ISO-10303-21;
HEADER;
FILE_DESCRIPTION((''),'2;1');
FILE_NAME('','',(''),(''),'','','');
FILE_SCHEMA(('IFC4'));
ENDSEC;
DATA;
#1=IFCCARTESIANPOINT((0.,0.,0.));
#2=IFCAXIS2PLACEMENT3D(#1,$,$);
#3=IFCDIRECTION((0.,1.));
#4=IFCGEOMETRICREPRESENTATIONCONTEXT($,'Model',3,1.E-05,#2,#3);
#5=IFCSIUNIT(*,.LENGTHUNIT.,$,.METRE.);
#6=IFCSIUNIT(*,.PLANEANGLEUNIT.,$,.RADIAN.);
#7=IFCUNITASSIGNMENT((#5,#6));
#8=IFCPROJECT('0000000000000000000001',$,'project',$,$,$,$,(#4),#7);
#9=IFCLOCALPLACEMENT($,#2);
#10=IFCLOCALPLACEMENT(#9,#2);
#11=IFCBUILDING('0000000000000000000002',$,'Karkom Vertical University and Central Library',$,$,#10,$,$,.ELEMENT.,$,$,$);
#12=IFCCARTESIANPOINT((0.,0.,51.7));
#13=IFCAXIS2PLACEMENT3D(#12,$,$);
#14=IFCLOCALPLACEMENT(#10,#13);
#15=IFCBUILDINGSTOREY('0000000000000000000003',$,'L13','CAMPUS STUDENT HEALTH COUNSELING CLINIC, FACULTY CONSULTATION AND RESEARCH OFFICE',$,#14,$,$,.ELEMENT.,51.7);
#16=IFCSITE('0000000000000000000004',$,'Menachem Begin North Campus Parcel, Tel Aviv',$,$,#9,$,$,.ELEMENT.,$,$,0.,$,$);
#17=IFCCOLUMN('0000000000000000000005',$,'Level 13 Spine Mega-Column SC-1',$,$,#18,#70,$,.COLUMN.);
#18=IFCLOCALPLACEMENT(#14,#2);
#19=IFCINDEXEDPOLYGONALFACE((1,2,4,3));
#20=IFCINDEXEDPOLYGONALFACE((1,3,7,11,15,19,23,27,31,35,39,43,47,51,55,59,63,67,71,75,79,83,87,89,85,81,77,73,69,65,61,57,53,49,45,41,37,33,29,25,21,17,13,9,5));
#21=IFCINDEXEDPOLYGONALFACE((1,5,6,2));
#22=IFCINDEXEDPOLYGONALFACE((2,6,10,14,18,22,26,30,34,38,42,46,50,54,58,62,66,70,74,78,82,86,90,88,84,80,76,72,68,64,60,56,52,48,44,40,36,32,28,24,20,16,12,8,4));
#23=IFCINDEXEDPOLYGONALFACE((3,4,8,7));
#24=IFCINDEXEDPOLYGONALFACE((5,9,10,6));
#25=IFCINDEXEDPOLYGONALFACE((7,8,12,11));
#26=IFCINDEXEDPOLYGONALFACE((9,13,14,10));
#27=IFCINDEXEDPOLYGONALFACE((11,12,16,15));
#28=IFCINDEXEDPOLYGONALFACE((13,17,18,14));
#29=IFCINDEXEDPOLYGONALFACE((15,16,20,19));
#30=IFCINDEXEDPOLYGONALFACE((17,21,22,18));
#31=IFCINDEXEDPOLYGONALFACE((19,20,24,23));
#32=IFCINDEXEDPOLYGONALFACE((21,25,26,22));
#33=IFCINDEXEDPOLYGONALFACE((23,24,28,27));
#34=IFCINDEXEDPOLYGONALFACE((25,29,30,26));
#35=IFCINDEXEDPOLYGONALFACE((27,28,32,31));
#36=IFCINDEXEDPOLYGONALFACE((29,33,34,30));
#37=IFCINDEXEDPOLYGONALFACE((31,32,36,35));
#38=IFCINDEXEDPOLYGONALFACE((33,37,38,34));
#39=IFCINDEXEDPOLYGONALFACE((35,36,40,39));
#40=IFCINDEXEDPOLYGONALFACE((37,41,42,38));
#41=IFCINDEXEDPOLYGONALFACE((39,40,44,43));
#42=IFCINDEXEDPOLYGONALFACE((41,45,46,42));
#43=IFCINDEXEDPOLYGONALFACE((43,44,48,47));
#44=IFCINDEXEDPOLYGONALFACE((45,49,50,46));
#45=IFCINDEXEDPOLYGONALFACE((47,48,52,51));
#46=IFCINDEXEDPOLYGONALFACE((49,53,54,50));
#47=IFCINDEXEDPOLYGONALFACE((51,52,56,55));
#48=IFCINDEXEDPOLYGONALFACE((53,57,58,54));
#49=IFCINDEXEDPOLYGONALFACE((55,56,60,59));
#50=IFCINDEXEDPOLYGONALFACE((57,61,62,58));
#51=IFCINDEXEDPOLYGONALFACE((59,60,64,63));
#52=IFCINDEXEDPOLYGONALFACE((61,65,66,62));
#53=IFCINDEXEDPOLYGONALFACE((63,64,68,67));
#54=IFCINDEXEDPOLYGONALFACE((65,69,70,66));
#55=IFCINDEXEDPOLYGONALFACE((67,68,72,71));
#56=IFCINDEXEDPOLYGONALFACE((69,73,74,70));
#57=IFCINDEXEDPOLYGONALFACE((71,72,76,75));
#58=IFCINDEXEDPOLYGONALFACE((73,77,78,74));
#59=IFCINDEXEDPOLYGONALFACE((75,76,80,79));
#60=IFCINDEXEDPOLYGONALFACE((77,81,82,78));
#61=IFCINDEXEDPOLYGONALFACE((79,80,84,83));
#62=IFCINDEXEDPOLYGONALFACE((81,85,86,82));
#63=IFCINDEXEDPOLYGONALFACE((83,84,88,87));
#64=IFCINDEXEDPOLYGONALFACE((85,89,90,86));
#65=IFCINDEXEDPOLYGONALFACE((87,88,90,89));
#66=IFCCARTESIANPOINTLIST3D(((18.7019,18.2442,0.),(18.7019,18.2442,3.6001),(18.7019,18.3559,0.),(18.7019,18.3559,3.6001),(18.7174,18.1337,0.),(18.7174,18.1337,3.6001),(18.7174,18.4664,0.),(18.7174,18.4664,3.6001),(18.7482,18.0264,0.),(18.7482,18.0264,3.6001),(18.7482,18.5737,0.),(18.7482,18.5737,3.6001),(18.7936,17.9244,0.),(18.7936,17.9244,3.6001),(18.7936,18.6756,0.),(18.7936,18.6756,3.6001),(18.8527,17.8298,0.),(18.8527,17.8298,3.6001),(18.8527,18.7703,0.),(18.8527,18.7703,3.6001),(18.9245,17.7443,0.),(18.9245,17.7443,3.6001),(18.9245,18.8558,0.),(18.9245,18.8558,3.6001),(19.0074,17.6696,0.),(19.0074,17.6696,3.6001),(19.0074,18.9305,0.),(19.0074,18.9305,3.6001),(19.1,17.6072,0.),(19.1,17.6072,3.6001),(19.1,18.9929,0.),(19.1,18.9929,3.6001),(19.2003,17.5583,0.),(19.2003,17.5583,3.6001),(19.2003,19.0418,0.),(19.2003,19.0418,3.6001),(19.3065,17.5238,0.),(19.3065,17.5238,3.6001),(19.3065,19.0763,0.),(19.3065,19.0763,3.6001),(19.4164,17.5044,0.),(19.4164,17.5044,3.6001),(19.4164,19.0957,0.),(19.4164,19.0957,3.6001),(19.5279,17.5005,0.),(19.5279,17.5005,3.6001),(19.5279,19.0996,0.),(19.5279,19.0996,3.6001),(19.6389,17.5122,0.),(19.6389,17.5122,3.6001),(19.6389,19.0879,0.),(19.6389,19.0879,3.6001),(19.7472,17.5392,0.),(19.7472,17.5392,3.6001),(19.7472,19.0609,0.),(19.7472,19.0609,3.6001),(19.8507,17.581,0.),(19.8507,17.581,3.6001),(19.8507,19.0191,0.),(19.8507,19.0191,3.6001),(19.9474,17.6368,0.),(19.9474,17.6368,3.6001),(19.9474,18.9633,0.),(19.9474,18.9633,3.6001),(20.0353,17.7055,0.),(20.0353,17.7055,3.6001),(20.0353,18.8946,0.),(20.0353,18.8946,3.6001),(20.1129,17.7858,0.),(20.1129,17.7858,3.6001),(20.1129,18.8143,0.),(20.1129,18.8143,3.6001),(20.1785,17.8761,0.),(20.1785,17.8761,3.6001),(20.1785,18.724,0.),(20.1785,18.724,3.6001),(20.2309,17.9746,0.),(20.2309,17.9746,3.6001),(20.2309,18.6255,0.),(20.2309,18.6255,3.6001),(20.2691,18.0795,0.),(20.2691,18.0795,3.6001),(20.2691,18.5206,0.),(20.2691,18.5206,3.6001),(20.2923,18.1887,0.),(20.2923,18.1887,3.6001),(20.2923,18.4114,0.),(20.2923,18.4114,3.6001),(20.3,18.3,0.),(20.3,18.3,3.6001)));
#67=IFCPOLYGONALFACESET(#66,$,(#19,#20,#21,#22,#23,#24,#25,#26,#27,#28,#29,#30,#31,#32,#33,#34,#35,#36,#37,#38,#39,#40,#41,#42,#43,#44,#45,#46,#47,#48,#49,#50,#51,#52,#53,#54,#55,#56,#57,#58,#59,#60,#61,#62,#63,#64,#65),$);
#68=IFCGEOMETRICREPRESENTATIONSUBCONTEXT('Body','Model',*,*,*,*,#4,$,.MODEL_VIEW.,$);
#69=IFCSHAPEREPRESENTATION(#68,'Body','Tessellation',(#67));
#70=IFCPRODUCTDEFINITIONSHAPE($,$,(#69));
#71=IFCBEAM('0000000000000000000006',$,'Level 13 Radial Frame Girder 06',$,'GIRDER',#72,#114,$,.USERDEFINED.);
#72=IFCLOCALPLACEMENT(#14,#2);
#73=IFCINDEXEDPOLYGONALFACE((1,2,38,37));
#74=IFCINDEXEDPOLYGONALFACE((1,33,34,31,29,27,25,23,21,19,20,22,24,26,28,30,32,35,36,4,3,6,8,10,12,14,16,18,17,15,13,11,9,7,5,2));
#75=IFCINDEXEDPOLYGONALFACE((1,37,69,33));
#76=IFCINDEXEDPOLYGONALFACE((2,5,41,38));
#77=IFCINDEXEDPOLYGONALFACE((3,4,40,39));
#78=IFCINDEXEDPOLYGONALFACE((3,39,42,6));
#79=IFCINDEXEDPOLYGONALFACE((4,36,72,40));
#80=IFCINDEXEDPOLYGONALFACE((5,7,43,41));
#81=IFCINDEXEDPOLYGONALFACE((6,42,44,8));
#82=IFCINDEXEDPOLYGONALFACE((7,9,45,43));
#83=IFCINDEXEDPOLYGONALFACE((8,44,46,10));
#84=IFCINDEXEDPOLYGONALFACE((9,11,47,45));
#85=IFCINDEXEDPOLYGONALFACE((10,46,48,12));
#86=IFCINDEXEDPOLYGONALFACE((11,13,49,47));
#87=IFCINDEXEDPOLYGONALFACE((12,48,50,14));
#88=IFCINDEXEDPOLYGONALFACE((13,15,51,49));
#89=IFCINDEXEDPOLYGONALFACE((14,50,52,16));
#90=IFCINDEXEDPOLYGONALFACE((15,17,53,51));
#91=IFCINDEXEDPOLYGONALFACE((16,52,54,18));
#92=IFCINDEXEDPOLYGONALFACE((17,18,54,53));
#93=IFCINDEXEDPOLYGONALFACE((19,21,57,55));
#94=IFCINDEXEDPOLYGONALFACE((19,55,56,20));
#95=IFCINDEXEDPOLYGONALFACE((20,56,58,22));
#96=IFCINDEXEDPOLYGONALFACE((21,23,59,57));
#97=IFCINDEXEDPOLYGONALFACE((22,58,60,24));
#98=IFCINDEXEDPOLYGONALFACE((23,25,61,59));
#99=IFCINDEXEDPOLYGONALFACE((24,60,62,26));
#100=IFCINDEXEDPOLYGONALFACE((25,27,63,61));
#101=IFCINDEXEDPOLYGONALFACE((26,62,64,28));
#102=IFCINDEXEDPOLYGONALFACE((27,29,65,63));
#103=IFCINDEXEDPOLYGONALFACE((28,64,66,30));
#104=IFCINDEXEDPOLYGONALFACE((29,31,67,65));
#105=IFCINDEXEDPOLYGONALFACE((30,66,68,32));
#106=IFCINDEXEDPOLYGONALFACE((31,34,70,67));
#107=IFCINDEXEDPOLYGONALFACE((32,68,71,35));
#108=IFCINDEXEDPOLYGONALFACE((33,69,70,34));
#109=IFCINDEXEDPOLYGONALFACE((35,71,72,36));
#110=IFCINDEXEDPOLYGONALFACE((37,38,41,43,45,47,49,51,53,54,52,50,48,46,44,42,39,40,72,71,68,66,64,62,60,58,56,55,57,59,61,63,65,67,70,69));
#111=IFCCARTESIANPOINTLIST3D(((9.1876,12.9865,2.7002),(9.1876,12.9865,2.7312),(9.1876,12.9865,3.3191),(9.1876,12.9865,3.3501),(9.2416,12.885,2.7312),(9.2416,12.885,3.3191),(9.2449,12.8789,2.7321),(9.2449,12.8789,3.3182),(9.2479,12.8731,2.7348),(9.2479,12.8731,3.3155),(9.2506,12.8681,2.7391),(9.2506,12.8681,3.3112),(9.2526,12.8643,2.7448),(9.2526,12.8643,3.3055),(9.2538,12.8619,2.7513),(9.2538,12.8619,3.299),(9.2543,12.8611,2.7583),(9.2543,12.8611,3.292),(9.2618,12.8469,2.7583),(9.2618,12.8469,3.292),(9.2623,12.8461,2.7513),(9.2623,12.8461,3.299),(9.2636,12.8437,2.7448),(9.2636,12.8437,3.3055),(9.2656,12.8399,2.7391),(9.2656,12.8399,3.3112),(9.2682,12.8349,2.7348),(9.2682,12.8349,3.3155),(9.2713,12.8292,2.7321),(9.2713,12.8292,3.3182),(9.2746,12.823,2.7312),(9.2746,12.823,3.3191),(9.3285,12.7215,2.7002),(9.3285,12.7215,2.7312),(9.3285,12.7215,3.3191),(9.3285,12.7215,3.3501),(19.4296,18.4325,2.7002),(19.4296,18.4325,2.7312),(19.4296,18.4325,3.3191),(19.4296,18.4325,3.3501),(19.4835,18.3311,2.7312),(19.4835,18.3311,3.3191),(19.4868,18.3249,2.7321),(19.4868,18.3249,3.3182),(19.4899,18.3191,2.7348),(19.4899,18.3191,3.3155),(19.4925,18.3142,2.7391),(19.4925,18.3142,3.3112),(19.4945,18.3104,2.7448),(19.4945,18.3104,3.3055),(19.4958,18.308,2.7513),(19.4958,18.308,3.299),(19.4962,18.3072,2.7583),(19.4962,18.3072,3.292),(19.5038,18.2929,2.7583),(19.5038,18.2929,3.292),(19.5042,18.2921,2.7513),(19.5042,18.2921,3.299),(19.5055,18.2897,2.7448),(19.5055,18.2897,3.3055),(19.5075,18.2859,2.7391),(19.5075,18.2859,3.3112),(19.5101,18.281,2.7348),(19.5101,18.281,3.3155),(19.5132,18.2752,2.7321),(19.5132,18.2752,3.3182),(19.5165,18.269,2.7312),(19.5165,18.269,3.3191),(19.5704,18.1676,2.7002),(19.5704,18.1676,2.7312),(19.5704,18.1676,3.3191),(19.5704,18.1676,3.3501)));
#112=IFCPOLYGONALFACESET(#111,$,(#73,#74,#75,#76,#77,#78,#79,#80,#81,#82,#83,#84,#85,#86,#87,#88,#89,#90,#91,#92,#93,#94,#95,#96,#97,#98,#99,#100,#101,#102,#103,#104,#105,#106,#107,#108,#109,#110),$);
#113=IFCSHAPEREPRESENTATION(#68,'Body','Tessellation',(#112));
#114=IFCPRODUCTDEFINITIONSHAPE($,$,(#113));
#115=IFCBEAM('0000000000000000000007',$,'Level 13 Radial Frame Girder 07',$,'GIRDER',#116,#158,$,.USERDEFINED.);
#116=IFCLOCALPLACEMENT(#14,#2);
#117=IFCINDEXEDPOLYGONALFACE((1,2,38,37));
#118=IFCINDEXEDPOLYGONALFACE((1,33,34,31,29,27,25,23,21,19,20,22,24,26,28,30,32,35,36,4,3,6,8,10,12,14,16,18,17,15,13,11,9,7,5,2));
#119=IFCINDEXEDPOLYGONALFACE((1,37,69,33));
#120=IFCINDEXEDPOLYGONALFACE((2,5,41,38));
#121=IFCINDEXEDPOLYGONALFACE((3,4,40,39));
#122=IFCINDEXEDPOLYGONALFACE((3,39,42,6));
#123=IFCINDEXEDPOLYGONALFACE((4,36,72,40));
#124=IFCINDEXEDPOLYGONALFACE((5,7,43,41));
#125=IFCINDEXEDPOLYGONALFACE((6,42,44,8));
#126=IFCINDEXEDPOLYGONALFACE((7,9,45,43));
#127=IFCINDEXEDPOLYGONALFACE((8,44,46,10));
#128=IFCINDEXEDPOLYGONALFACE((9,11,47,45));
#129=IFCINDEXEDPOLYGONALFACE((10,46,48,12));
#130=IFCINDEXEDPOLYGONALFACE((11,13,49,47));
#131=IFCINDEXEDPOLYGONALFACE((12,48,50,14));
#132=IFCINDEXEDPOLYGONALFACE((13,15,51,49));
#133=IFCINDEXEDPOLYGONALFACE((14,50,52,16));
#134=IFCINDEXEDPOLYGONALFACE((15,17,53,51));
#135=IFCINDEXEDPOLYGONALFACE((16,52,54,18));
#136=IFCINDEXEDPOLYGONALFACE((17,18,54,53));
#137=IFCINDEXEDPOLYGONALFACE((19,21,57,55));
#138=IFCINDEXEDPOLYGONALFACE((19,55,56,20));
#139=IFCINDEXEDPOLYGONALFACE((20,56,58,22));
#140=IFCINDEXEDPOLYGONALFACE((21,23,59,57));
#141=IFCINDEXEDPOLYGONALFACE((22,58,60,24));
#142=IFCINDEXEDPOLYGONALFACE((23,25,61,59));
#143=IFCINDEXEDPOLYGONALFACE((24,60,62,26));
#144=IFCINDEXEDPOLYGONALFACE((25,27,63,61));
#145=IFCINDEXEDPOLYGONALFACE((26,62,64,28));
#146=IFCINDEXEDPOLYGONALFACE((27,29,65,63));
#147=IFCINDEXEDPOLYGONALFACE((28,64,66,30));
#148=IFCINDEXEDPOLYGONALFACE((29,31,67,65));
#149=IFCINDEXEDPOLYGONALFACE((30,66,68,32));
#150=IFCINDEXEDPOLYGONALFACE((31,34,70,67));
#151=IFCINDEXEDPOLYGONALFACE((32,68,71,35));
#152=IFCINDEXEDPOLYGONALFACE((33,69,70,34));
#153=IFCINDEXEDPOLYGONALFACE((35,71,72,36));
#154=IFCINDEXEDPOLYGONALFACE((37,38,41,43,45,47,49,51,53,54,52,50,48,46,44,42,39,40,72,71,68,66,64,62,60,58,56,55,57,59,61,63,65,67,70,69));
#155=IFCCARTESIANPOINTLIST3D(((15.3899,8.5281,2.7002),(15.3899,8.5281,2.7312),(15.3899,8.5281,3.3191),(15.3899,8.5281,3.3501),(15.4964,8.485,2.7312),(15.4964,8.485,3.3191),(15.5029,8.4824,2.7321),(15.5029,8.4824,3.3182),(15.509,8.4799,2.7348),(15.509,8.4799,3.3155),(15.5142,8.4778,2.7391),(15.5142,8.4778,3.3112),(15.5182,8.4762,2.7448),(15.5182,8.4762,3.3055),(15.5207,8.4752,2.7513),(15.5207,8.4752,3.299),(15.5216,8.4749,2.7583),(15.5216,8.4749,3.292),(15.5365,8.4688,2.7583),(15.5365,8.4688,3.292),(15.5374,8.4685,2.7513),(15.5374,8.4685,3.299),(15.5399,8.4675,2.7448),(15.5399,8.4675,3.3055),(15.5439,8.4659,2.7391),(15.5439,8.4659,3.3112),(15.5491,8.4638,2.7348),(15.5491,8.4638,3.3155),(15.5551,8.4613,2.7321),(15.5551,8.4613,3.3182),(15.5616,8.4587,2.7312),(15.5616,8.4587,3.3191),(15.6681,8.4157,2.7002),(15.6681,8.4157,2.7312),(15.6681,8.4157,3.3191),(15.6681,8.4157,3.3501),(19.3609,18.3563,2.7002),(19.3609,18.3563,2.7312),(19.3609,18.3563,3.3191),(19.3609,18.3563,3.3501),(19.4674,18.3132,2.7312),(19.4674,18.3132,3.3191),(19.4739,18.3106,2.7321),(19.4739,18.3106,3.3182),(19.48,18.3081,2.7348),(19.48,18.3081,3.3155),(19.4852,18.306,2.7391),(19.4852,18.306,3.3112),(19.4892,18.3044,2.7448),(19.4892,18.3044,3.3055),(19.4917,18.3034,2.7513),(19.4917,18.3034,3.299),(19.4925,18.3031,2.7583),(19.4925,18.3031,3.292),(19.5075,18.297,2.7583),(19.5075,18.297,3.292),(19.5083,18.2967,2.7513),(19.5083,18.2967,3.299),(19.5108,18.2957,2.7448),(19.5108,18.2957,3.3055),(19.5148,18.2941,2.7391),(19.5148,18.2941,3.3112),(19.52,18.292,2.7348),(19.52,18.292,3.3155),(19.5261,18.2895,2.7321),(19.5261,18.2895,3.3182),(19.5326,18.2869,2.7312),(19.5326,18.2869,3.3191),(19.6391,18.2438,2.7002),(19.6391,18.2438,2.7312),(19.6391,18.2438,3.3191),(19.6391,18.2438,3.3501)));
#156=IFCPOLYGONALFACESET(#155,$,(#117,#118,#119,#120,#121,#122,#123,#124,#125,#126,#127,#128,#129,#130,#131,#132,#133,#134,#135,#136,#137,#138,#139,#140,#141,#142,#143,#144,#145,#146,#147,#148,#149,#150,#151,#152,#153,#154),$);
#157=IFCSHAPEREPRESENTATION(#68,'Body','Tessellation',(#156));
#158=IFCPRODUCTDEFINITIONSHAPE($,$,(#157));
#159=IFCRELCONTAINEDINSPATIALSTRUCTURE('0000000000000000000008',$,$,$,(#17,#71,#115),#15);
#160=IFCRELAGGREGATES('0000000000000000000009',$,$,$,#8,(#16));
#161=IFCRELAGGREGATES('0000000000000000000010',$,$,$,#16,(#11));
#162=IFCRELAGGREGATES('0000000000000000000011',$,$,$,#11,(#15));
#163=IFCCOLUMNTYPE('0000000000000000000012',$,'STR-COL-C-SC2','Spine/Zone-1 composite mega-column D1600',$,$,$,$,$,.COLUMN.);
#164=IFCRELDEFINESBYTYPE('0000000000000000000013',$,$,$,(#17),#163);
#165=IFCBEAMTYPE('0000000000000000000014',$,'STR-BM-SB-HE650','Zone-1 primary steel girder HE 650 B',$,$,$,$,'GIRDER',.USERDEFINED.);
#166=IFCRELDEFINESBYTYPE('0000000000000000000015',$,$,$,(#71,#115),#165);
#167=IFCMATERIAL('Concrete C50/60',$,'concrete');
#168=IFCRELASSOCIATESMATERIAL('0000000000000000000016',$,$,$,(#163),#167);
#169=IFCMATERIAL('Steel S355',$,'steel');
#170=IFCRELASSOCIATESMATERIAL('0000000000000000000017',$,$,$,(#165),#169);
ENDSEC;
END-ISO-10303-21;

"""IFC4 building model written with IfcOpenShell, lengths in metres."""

from ifc_helpers import new_model, si_unit, direction, frame, origin, origin_with_axes, origin_2d, place, context, subcontext, project, spatial, circle, i_section, extrude, source, transform, mapped, material, material_profile, profile_set, type_object, element, save


model = new_model("IFC4")

# Units and contexts
model_context = context("Model", 3, precision=1e-05, world=origin(), true_north=direction((0.0, 1.0)))
body_context = subcontext(model_context, "Body", "Model", "MODEL_VIEW")
ifc_project = project(units=[si_unit("LENGTHUNIT", "METRE"), si_unit("PLANEANGLEUNIT", "RADIAN")], contexts=[model_context])

# Site, building, storey
site_placement = place(None, origin())
site = spatial("IfcSite", under=ifc_project, at=site_placement, Name="Menachem Begin North Campus Parcel, Tel Aviv", CompositionType="ELEMENT", RefElevation=0.0)
building_placement = place(site_placement, origin())
building = spatial("IfcBuilding", under=site, at=building_placement, Name="Karkom Vertical University and Central Library", CompositionType="ELEMENT")
storey_placement = place(building_placement, frame((0.0, 0.0, 51.7)))
storey = spatial("IfcBuildingStorey", under=building, at=storey_placement, Name="L13", Description="CAMPUS STUDENT HEALTH COUNSELING CLINIC, FACULTY CONSULTATION AND RESEARCH OFFICE", CompositionType="ELEMENT", Elevation=51.7)

# Column
ifc_material_1 = material(Name="Concrete C50/60", Category="concrete")
ifc_material_profile_1 = material_profile(ifc_material_1, circle(Radius=0.8, at=origin_2d()), Name="CFT-D1600")
ifc_profile_set_1 = profile_set([ifc_material_profile_1], Name="Concrete C50/60")
column_type = type_object("IfcColumnType", Name="STR-COL-C-SC2", Description="Spine/Zone-1 composite mega-column D1600", PredefinedType="COLUMN", material=ifc_profile_set_1)
shared_shape_1 = source(origin_with_axes(), body_context, "Body", "SweptSolid", [
    extrude(circle(Radius=0.8, at=origin_2d()), origin(), (0.0, 0.0, 1.0), 3.6001),
])
column_placement = place(storey_placement, frame((19.5, 18.3, 0.0), z_axis=(0.0, 0.0, 1.0), x_axis=(1.0, 0.0, 0.0)))
element("IfcColumn", 1, at=column_placement, inside=storey, type_object=column_type, Name="Level 13 Spine Mega-Column SC-1", PredefinedType="COLUMN", context=body_context, shape_type="MappedRepresentation", body=[
    mapped(shared_shape_1, transform((0.0, 0.0, 0.0), scale=1.0)),
])

# Beams
ifc_material_2 = material(Name="Steel S355", Category="steel")
ifc_material_profile_2 = material_profile(ifc_material_2, i_section(OverallWidth=0.3, OverallDepth=0.6499, WebThickness=0.0161, FlangeThickness=0.031, FilletRadius=0.0271, at=origin_2d()), Name="HE 650 B")
ifc_profile_set_2 = profile_set([ifc_material_profile_2], Name="Steel S355")
beam_type_1 = type_object("IfcBeamType", Name="STR-BM-SB-HE650", Description="Zone-1 primary steel girder HE 650 B", ElementType="GIRDER", PredefinedType="USERDEFINED", material=ifc_profile_set_2)
shared_shape_2 = source(origin_with_axes(), body_context, "Body", "SweptSolid", [
    extrude(i_section(OverallWidth=0.3, OverallDepth=0.6499, WebThickness=0.0161, FlangeThickness=0.031, FilletRadius=0.0271, at=origin_2d()), origin(), (0.0, 0.0, 1.0), 11.5999),
])
beam_1_placement = place(storey_placement, frame((19.5, 18.3, 3.0251), z_axis=(-0.882937, -0.469492, 0.0), x_axis=(0.469492, -0.882937, 0.0)))
element("IfcBeam", 2, at=beam_1_placement, inside=storey, type_object=beam_type_1, Name="Level 13 Radial Frame Girder 06", ObjectType="GIRDER", PredefinedType="USERDEFINED", context=body_context, shape_type="MappedRepresentation", body=[
    mapped(shared_shape_2, transform((0.0, 0.0, 0.0), scale=1.0)),
])
shared_shape_3 = source(origin_with_axes(), body_context, "Body", "SweptSolid", [
    extrude(i_section(OverallWidth=0.3, OverallDepth=0.6499, WebThickness=0.0161, FlangeThickness=0.031, FilletRadius=0.0271, at=origin_2d()), origin(), (0.0, 0.0, 1.0), 10.6001),
])
beam_2_placement = place(storey_placement, frame((19.5, 18.3, 3.0251), z_axis=(-0.374617, -0.92718, 0.0), x_axis=(0.92718, -0.374617, 0.0)))
element("IfcBeam", 3, at=beam_2_placement, inside=storey, type_object=beam_type_1, Name="Level 13 Radial Frame Girder 07", ObjectType="GIRDER", PredefinedType="USERDEFINED", context=body_context, shape_type="MappedRepresentation", body=[
    mapped(shared_shape_3, transform((0.0, 0.0, 0.0), scale=1.0)),
])

save(model, "model.ifc")
